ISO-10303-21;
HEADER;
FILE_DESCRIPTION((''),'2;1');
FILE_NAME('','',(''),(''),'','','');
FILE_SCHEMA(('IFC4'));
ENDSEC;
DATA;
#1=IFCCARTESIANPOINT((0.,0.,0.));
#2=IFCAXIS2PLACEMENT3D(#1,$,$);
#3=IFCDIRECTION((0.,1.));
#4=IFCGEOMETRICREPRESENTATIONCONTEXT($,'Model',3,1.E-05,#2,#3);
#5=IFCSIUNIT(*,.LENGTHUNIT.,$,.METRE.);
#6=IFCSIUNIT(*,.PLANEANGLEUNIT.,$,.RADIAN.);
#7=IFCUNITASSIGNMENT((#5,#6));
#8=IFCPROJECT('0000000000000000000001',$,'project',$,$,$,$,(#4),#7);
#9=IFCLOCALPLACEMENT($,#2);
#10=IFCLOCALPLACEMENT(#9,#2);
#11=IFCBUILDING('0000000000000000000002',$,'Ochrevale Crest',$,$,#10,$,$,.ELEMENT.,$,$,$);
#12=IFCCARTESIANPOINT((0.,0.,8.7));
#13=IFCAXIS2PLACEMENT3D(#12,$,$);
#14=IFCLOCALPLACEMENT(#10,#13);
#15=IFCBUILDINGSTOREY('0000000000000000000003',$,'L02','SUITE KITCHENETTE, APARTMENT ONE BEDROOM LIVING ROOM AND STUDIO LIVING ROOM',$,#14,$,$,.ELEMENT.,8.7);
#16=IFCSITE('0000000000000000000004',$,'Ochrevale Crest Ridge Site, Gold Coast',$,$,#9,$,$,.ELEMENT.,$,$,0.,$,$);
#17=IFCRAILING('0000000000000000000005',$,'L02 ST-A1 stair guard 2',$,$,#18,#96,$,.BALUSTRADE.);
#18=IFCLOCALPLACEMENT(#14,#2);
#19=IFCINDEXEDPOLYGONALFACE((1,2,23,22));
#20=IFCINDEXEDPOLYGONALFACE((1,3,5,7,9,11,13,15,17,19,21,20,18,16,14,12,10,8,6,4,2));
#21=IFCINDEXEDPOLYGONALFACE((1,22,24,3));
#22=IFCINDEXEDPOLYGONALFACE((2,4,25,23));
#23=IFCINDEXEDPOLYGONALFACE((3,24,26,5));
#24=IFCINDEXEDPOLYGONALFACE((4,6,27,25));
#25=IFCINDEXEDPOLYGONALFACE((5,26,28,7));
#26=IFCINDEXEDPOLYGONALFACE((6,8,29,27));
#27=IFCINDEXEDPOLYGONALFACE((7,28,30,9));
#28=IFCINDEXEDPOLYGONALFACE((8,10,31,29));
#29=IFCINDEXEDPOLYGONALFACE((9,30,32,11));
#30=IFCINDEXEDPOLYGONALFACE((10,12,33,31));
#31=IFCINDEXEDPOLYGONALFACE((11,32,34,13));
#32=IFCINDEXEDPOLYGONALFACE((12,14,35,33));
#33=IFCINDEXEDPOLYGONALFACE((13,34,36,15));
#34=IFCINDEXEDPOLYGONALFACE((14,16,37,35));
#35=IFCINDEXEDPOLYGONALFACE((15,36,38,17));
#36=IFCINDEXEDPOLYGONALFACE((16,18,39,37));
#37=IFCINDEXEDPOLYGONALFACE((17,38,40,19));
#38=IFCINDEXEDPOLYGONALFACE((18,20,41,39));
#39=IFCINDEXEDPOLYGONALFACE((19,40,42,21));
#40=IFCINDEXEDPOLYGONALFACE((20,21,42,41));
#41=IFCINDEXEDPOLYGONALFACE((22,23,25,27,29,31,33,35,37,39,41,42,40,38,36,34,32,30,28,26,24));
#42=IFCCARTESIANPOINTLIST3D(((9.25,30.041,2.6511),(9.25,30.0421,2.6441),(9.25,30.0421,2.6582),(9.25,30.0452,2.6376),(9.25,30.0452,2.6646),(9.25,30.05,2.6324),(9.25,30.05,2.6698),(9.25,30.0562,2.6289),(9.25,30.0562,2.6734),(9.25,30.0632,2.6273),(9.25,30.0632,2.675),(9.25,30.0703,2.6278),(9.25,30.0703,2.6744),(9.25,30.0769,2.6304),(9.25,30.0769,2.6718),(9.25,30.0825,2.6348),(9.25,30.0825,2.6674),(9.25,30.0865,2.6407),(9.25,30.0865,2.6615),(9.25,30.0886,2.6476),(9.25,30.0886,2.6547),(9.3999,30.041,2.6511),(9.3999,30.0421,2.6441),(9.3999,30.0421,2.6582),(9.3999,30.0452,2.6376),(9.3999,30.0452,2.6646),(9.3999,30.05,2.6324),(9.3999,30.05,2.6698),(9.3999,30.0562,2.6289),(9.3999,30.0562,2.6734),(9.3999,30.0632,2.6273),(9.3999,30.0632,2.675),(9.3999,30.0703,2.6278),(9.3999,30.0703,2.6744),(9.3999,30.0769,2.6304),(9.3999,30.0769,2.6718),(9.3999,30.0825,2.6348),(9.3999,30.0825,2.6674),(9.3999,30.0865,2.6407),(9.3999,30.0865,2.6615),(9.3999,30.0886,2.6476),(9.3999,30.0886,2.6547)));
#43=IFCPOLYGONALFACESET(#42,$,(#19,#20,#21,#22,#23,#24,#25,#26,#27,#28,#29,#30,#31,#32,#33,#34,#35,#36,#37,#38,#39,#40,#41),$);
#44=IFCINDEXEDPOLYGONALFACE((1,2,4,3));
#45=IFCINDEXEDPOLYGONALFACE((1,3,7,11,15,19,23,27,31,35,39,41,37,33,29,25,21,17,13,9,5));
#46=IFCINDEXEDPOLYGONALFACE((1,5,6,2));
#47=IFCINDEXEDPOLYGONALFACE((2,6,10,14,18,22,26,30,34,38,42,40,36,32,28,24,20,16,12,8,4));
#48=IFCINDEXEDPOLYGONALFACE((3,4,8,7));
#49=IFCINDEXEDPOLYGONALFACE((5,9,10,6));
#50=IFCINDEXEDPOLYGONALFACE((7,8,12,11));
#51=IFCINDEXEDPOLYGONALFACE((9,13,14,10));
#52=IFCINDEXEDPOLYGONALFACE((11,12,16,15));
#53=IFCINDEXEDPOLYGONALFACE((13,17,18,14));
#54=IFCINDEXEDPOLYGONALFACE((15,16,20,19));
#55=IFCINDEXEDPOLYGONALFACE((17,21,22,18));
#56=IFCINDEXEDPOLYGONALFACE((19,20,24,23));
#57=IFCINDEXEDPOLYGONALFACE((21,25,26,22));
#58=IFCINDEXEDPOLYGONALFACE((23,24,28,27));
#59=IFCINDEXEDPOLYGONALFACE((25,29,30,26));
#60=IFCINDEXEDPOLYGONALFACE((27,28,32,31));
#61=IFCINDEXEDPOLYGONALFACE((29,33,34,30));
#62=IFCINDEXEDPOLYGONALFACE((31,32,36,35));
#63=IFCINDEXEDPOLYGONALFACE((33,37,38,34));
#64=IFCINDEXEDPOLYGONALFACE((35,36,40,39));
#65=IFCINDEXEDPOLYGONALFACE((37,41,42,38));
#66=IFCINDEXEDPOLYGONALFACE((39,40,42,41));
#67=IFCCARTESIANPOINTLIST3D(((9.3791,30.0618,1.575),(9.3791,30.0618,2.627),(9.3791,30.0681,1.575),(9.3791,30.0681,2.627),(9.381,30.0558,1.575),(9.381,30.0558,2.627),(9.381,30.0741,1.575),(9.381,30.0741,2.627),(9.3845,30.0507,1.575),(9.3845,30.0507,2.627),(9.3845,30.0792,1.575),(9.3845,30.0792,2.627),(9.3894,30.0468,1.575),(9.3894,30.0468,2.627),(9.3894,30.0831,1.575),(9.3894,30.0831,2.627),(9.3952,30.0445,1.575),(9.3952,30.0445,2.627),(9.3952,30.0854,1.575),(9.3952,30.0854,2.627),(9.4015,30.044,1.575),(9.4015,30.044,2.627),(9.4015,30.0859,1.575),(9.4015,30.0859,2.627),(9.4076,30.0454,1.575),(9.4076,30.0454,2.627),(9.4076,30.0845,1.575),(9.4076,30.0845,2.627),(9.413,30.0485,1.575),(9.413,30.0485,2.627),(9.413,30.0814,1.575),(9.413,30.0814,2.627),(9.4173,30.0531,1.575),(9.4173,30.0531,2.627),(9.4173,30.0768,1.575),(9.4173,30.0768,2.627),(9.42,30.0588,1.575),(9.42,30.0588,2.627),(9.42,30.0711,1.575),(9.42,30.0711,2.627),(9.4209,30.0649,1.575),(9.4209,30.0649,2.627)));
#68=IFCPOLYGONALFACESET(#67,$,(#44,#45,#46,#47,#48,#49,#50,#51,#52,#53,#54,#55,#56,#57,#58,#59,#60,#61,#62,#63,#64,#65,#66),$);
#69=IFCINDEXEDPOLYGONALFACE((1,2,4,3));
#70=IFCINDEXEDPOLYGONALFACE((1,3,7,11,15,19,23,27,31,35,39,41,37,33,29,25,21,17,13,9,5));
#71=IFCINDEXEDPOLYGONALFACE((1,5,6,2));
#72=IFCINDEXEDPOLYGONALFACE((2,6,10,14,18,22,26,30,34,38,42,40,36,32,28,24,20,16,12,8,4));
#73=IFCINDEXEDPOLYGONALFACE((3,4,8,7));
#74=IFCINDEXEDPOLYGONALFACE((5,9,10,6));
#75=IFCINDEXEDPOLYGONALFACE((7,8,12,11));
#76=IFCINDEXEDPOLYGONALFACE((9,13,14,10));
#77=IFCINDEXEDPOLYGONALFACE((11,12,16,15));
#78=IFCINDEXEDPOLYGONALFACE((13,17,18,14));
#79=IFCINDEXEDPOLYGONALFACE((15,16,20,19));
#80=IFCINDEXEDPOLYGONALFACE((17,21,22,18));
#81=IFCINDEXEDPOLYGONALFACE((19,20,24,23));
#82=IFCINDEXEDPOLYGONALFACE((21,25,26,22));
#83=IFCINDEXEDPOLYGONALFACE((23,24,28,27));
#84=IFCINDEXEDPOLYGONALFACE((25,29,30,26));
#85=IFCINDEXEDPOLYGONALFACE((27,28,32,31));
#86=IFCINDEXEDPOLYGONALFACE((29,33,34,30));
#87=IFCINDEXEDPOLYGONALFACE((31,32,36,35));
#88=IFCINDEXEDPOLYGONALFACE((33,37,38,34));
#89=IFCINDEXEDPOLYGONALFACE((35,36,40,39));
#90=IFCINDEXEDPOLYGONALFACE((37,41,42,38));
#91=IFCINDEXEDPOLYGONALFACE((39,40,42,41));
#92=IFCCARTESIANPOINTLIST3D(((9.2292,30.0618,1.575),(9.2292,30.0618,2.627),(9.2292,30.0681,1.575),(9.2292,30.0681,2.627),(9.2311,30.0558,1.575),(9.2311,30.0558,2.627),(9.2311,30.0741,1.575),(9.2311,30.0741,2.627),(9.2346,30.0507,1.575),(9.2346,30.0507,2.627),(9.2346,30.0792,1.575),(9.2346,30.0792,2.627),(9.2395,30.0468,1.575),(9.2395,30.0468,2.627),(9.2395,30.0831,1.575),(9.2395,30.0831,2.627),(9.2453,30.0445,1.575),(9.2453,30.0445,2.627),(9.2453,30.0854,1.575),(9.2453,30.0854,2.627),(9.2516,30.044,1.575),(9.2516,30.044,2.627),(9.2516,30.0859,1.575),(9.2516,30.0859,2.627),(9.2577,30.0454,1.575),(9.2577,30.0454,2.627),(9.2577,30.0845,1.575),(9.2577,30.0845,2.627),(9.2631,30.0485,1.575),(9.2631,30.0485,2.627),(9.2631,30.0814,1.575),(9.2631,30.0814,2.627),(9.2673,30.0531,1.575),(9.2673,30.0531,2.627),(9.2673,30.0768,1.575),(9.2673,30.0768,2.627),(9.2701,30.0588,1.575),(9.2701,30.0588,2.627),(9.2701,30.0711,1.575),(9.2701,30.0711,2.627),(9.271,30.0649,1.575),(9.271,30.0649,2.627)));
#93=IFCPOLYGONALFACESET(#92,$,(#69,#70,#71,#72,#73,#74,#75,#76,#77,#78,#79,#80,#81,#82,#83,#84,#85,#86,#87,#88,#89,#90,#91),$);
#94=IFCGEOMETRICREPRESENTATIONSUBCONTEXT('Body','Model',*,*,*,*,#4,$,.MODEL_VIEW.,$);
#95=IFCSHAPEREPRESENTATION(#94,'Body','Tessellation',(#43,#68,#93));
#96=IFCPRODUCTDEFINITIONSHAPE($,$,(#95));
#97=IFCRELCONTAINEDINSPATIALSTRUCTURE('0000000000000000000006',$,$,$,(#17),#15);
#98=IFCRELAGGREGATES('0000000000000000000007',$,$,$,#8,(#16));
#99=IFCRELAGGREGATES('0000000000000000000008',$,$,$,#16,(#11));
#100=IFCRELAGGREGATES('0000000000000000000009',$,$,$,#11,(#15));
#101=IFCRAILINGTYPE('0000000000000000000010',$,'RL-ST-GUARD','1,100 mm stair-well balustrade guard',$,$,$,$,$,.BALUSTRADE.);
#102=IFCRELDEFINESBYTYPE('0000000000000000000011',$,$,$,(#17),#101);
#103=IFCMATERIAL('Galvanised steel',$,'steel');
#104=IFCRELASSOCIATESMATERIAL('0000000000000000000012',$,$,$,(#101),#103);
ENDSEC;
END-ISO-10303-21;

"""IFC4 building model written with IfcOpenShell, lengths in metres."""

from ifc_helpers import new_model, si_unit, direction, frame, origin, origin_2d, place, context, subcontext, project, spatial, circle, extrude, material, type_object, element, save


model = new_model("IFC4")

# Units and contexts
model_context = context("Model", 3, precision=1e-05, world=origin(), true_north=direction((0.0, 1.0)))
body_context = subcontext(model_context, "Body", "Model", "MODEL_VIEW")
ifc_project = project(units=[si_unit("LENGTHUNIT", "METRE"), si_unit("PLANEANGLEUNIT", "RADIAN")], contexts=[model_context])

# Site, building, storey
site_placement = place(None, origin())
site = spatial("IfcSite", under=ifc_project, at=site_placement, Name="Ochrevale Crest Ridge Site, Gold Coast", CompositionType="ELEMENT", RefElevation=0.0)
building_placement = place(site_placement, origin())
building = spatial("IfcBuilding", under=site, at=building_placement, Name="Ochrevale Crest", CompositionType="ELEMENT")
storey_placement = place(building_placement, frame((0.0, 0.0, 8.7)))
storey = spatial("IfcBuildingStorey", under=building, at=storey_placement, Name="L02", Description="SUITE KITCHENETTE, APARTMENT ONE BEDROOM LIVING ROOM AND STUDIO LIVING ROOM", CompositionType="ELEMENT", Elevation=8.7)

# Railing
ifc_material_1 = material(Name="Galvanised steel", Category="steel")
railing_type_1 = type_object("IfcRailingType", Name="RL-ST-GUARD", Description="1,100 mm stair-well balustrade guard", PredefinedType="BALUSTRADE", material=ifc_material_1)
railing_1_placement = place(storey_placement, frame((9.3999, 30.0649, 1.575)))
element("IfcRailing", 1, at=railing_1_placement, inside=storey, type_object=railing_type_1, Name="L02 ST-A1 stair guard 2", PredefinedType="BALUSTRADE", context=body_context, shape_type="SweptSolid", body=[
    extrude(circle(Radius=0.0239, at=origin_2d()), frame((0.0, 0.0, 1.0762), z_axis=(-1.0, 0.0, 0.0), x_axis=(0.0, -1.0, 0.0)), (0.0, 0.0, 1.0), 0.1499),
    extrude(circle(Radius=0.021, at=origin_2d()), origin(), (0.0, 0.0, 1.0), 1.052),
    extrude(circle(Radius=0.021, at=origin_2d()), frame((-0.1499, 0.0, 0.0)), (0.0, 0.0, 1.0), 1.052),
])

save(model, "model.ifc")
